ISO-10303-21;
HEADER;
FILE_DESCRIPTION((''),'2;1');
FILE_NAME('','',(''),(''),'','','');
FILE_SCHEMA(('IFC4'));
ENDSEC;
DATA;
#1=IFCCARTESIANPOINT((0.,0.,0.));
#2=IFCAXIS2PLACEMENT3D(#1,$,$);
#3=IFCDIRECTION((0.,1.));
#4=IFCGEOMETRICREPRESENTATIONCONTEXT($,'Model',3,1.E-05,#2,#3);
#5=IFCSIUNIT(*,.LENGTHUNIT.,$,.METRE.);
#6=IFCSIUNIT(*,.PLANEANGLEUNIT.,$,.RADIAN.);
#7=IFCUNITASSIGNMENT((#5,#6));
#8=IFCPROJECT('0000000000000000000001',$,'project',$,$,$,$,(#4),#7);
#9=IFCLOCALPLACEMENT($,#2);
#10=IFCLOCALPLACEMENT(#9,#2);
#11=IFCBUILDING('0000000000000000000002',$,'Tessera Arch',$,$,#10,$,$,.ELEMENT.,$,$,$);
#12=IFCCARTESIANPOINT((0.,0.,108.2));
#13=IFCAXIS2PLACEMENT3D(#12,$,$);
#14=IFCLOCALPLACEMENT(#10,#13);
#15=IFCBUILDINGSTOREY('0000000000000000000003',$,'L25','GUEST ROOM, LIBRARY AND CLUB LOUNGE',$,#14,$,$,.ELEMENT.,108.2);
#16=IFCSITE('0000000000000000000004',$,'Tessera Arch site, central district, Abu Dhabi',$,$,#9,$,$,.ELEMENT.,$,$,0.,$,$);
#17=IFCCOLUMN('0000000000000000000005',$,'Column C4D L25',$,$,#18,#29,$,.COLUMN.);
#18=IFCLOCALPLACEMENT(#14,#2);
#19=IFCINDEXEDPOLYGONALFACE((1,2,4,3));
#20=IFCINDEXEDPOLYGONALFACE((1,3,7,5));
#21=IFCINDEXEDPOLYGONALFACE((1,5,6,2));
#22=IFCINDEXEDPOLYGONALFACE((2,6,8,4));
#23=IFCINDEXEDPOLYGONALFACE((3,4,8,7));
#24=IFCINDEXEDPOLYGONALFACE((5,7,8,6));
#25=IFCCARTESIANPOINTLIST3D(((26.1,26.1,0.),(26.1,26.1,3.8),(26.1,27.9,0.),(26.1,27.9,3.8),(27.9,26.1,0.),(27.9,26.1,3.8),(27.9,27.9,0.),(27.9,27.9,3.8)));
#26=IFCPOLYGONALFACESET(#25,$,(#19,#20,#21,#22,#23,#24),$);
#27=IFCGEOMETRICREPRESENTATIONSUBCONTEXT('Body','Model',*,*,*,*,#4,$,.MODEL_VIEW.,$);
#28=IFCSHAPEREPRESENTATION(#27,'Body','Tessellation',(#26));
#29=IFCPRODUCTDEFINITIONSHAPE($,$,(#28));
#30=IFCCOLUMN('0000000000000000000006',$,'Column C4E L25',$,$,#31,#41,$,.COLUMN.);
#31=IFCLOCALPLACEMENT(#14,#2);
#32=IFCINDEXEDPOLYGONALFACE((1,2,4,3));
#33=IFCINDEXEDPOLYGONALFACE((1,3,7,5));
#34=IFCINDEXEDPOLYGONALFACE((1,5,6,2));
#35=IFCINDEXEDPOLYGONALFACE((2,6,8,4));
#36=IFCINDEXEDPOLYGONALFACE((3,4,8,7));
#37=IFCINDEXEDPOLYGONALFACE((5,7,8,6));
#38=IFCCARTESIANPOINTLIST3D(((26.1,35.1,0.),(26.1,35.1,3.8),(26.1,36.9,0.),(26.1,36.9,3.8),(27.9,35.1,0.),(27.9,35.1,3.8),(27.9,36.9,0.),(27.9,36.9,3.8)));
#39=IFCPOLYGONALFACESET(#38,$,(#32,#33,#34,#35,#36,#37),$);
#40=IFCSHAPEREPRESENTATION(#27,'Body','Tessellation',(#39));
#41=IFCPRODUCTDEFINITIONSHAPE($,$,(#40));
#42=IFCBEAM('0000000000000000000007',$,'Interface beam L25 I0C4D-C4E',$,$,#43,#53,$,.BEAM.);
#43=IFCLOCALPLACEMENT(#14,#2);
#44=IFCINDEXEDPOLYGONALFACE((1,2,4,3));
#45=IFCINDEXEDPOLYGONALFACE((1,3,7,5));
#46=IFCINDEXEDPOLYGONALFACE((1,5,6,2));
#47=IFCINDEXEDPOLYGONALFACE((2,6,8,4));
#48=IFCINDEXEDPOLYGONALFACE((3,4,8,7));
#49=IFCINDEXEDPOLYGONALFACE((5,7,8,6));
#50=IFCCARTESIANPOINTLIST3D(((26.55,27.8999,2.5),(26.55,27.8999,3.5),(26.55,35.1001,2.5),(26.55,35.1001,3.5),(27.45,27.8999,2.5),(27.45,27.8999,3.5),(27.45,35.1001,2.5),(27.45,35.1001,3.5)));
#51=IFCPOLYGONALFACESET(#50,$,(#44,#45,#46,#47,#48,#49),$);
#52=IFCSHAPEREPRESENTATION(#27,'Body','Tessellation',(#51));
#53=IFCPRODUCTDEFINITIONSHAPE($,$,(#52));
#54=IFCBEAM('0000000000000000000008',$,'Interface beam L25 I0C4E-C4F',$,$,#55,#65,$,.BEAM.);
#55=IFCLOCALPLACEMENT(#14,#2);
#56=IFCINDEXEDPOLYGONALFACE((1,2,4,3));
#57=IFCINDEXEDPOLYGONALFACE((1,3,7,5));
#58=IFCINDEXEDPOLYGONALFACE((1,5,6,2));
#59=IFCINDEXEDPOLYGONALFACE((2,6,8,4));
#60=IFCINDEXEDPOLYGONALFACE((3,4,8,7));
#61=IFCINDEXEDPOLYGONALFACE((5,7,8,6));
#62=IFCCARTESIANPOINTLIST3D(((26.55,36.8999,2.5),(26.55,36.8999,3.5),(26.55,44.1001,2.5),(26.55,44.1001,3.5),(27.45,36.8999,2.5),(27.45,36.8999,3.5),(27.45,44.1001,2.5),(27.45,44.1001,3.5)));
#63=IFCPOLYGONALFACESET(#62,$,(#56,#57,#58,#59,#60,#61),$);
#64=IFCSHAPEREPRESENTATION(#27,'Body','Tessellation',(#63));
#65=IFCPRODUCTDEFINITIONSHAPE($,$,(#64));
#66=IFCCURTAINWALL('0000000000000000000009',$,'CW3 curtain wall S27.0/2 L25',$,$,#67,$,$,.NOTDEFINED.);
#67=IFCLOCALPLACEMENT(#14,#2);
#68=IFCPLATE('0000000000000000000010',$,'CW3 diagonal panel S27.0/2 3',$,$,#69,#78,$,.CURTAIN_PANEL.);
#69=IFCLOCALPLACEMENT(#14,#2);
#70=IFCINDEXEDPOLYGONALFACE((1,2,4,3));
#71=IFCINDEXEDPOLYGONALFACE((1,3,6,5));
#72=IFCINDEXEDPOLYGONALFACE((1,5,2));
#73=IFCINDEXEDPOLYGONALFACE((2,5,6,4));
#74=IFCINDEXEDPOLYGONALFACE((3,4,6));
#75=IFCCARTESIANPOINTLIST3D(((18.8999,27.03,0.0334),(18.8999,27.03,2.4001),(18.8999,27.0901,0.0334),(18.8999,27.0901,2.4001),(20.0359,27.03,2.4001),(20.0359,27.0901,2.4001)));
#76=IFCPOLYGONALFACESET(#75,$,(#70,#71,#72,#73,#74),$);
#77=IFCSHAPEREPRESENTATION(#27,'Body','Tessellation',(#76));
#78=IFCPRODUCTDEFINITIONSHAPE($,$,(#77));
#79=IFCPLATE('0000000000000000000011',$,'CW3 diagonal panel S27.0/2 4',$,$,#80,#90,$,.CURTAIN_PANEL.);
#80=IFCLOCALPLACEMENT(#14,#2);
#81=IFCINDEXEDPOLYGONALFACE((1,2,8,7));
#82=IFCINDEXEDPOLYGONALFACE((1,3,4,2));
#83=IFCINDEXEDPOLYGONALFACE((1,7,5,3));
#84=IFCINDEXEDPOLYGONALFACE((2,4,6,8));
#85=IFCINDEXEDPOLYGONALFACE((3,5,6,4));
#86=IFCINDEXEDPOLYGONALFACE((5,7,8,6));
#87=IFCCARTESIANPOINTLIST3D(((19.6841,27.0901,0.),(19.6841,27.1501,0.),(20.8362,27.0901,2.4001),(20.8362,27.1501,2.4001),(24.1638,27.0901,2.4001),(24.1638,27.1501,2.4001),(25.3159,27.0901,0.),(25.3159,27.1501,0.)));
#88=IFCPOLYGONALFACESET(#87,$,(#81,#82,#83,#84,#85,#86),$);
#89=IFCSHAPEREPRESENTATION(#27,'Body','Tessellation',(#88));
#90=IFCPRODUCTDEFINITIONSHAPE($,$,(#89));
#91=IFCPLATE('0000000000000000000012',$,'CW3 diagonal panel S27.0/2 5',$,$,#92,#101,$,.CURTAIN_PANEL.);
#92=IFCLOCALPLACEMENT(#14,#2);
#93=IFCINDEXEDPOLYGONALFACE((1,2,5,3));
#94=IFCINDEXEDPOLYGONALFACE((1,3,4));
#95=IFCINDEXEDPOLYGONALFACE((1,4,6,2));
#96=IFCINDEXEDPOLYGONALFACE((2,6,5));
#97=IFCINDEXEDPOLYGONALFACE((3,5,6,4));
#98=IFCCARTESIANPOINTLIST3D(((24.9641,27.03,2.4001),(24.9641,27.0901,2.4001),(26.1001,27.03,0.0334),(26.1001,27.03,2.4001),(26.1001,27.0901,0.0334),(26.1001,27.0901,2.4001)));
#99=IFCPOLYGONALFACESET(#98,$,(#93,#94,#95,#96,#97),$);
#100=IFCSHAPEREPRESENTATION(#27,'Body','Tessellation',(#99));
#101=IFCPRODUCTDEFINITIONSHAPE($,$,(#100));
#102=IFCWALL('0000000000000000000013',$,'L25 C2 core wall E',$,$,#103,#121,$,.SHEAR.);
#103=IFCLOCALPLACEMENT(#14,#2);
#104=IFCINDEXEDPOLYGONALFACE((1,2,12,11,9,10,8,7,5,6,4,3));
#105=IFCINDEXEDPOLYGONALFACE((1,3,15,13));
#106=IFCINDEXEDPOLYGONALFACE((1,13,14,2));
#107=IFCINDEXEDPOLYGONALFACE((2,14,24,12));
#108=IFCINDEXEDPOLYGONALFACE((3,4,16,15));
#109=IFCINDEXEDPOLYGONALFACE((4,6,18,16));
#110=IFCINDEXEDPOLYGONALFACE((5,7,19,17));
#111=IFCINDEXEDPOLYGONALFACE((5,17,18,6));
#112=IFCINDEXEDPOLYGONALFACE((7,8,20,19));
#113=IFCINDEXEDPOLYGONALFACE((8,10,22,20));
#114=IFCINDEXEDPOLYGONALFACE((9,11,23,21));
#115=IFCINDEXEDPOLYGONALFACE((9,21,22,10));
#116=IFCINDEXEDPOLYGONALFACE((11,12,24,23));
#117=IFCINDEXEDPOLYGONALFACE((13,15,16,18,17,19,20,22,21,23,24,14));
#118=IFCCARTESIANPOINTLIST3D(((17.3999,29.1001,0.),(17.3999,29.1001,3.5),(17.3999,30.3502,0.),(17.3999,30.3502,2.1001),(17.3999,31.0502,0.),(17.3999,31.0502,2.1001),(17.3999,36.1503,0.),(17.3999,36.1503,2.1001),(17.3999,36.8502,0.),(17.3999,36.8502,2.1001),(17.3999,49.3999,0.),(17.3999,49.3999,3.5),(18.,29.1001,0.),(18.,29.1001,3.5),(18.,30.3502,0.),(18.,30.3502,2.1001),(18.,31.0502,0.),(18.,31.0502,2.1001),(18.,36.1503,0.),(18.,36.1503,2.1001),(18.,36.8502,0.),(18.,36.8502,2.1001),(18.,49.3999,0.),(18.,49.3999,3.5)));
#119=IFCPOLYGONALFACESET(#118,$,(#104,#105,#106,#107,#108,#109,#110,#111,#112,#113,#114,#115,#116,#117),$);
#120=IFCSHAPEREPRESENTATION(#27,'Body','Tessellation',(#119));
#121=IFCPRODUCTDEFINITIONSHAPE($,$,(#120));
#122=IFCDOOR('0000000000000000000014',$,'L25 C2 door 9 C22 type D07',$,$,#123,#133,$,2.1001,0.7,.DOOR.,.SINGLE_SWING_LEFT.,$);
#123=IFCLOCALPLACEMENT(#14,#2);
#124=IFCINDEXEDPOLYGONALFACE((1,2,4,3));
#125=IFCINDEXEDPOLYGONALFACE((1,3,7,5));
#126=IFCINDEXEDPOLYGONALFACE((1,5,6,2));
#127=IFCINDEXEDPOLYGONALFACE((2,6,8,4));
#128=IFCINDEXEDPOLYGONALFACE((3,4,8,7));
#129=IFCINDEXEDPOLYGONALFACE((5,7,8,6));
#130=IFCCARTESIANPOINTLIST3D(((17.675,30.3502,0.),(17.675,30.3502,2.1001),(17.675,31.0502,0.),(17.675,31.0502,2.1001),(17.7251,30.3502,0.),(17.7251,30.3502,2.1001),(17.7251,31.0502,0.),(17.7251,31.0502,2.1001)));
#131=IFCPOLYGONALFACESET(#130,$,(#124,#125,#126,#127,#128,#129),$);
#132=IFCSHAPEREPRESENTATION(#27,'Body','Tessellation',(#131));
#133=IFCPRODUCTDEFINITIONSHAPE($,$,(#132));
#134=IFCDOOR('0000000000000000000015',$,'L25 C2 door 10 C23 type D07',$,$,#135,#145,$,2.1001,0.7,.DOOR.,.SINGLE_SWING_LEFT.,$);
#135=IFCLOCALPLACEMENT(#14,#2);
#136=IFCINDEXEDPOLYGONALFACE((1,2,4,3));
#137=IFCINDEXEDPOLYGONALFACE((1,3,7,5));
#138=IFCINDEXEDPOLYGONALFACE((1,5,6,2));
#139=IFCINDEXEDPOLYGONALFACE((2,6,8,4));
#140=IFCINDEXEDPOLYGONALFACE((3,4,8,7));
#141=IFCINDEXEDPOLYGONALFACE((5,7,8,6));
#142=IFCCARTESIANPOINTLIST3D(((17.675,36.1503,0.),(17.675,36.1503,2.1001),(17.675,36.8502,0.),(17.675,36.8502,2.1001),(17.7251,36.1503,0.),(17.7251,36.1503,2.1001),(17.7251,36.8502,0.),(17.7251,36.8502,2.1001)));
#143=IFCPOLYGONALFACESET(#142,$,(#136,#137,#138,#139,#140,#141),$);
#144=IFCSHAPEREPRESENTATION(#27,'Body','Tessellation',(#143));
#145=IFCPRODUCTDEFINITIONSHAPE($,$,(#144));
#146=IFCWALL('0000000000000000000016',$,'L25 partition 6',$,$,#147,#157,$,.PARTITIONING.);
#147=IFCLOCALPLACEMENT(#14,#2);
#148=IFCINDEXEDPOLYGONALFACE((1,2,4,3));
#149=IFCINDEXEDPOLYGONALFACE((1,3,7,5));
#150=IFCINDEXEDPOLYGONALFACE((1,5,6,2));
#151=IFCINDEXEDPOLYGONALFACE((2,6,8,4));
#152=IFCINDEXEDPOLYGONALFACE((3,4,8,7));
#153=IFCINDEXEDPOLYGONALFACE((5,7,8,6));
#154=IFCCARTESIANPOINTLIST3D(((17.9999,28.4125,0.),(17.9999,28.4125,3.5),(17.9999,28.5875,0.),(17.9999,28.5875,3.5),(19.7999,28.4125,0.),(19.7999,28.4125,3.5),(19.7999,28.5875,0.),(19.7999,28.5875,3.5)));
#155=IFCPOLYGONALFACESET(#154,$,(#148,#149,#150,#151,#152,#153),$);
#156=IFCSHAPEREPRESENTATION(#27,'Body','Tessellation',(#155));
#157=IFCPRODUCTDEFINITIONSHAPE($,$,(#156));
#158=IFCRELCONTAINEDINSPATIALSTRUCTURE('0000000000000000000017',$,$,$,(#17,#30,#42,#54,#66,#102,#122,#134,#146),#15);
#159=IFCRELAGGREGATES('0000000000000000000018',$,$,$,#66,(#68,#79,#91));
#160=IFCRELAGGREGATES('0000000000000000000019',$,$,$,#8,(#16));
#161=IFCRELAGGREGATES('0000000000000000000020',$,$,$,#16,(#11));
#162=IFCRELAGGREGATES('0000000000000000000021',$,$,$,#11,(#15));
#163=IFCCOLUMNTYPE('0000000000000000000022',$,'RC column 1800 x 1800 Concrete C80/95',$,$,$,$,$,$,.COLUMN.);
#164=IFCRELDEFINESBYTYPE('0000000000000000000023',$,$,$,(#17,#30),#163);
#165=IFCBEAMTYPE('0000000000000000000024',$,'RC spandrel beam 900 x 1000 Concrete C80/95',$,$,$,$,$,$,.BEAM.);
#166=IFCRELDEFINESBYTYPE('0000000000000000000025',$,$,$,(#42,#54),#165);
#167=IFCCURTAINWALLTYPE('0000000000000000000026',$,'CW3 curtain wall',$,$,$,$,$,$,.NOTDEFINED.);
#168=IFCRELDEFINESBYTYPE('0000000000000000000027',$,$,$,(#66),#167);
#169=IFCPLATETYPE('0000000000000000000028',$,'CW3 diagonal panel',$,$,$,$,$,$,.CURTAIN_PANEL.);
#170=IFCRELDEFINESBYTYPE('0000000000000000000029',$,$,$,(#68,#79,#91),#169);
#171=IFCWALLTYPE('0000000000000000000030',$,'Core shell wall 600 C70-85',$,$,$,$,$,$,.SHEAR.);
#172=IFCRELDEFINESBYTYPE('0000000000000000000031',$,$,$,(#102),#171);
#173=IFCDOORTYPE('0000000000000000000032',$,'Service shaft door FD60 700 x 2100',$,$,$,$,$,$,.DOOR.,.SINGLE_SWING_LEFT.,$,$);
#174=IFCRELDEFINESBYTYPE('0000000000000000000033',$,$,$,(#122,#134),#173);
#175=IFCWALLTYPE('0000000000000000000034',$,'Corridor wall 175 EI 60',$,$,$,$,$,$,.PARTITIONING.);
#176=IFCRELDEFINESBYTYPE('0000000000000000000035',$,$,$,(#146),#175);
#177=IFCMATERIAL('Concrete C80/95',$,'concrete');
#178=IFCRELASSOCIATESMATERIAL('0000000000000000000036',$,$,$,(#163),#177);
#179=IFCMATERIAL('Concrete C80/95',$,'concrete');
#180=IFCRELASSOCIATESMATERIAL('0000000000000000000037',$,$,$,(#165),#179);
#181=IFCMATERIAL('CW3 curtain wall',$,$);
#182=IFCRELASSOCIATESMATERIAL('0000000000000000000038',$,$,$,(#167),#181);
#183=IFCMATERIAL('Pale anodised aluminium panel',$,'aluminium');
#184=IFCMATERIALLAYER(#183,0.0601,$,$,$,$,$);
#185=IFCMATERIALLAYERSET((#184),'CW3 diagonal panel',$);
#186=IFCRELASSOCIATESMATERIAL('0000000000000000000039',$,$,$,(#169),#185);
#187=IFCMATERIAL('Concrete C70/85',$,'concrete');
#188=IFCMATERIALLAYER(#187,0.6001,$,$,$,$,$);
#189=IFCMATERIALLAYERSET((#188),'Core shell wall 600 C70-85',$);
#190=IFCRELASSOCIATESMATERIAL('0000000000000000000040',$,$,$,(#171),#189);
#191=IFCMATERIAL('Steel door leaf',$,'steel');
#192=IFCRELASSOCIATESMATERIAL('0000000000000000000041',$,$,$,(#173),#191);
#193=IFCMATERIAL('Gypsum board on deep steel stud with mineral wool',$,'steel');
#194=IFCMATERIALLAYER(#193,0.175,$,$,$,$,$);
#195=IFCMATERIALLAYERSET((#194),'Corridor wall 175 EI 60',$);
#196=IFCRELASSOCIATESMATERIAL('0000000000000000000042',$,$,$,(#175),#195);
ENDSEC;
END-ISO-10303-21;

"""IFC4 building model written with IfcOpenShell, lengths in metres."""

from ifc_helpers import new_model, si_unit, direction, frame, frame_2d, origin, origin_2d, place, context, subcontext, project, spatial, polyline, rectangle, outline, extrude, material, layer, layer_set, material_profile, profile_set, type_object, element, fill, aggregate, save


model = new_model("IFC4")

# Units and contexts
model_context = context("Model", 3, precision=1e-05, world=origin(), true_north=direction((0.0, 1.0)))
body_context = subcontext(model_context, "Body", "Model", "MODEL_VIEW")
ifc_project = project(units=[si_unit("LENGTHUNIT", "METRE"), si_unit("PLANEANGLEUNIT", "RADIAN")], contexts=[model_context])

# Site, building, storey
site_placement = place(None, origin())
site = spatial("IfcSite", under=ifc_project, at=site_placement, Name="Tessera Arch site, central district, Abu Dhabi", CompositionType="ELEMENT", RefElevation=0.0)
building_placement = place(site_placement, origin())
building = spatial("IfcBuilding", under=site, at=building_placement, Name="Tessera Arch", CompositionType="ELEMENT")
storey_placement = place(building_placement, frame((0.0, 0.0, 108.2)))
storey = spatial("IfcBuildingStorey", under=building, at=storey_placement, Name="L25", Description="GUEST ROOM, LIBRARY AND CLUB LOUNGE", CompositionType="ELEMENT", Elevation=108.2)

# Columns
ifc_material_1 = material(Name="Concrete C80/95", Category="concrete")
ifc_material_profile_1 = material_profile(ifc_material_1, rectangle(XDim=1.8, YDim=1.8, at=origin_2d()), Name="RC column 1800 x 1800 Concrete C80/95")
ifc_profile_set_1 = profile_set([ifc_material_profile_1], Name="Concrete C80/95")
column_type = type_object("IfcColumnType", Name="RC column 1800 x 1800 Concrete C80/95", PredefinedType="COLUMN", material=ifc_profile_set_1)
for number, where, z_axis, x_axis, name in (
    (1, (27.0, 27.0, 0.0), (0.0, 0.0, 1.0), (1.0, 0.0, 0.0), "Column C4D L25"),
    (2, (27.0, 36.0, 0.0), (0.0, 0.0, 1.0), (1.0, 0.0, 0.0), "Column C4E L25"),
):
    element("IfcColumn", number, at=place(storey_placement, frame(where, z_axis=z_axis, x_axis=x_axis)), inside=storey, type_object=column_type, Name=name, PredefinedType="COLUMN", context=body_context, shape_type="SweptSolid", body=[
        extrude(rectangle(XDim=1.8, YDim=1.8, at=origin_2d()), origin(), (0.0, 0.0, 1.0), 3.8),
    ])

# Beams
ifc_material_2 = material(Name="Concrete C80/95", Category="concrete")
ifc_material_profile_2 = material_profile(ifc_material_2, rectangle(XDim=0.8999, YDim=1.0, at=origin_2d()), Name="RC spandrel beam 900 x 1000 Concrete C80/95")
ifc_profile_set_2 = profile_set([ifc_material_profile_2], Name="Concrete C80/95")
beam_type = type_object("IfcBeamType", Name="RC spandrel beam 900 x 1000 Concrete C80/95", PredefinedType="BEAM", material=ifc_profile_set_2)
for number, where, z_axis, x_axis, name in (
    (3, (27.0, 27.8999, 3.0), (0.0, 1.0, 0.0), (-1.0, 0.0, 0.0), "Interface beam L25 I0C4D-C4E"),
    (4, (27.0, 36.8999, 3.0), (0.0, 1.0, 0.0), (-1.0, 0.0, 0.0), "Interface beam L25 I0C4E-C4F"),
):
    element("IfcBeam", number, at=place(storey_placement, frame(where, z_axis=z_axis, x_axis=x_axis)), inside=storey, type_object=beam_type, Name=name, PredefinedType="BEAM", context=body_context, shape_type="SweptSolid", body=[
        extrude(rectangle(XDim=0.8999, YDim=1.0, at=origin_2d()), origin(), (0.0, 0.0, 1.0), 7.2002),
    ])

# Curtain wall, plates
ifc_material_3 = material(Name="CW3 curtain wall")
curtain_wall_type = type_object("IfcCurtainWallType", Name="CW3 curtain wall", PredefinedType="NOTDEFINED", material=ifc_material_3)
curtain_wall_placement = place(storey_placement, origin())
curtain_wall = element("IfcCurtainWall", 5, at=curtain_wall_placement, inside=storey, type_object=curtain_wall_type, Name="CW3 curtain wall S27.0/2 L25", PredefinedType="NOTDEFINED")
ifc_material_4 = material(Name="Pale anodised aluminium panel", Category="aluminium")
ifc_layer_1 = layer(ifc_material_4, 0.0601)
ifc_layer_set_1 = layer_set([ifc_layer_1], Name="CW3 diagonal panel")
plate_type = type_object("IfcPlateType", Name="CW3 diagonal panel", PredefinedType="CURTAIN_PANEL", material=ifc_layer_set_1)
plate_1_placement = place(storey_placement, frame((18.8999, 27.03, 2.4001), z_axis=(0.0, -1.0, 0.0), x_axis=(0.0, 0.0, -1.0)))
plate_1 = element("IfcPlate", 6, at=plate_1_placement, type_object=plate_type, Name="CW3 diagonal panel S27.0/2 3", PredefinedType="CURTAIN_PANEL", context=body_context, shape_type="SweptSolid", body=[
    extrude(outline(polyline([(0.0, 0.0), (2.3667, 0.0), (0.0, 1.136), (0.0, 0.0)])), origin(), (0.0, 0.0, -1.0), 0.0601),
])
plate_2_placement = place(storey_placement, frame((24.1638, 27.0901, 2.4001), z_axis=(0.0, -1.0, 0.0), x_axis=(-1.0, 0.0, 0.0)))
plate_2 = element("IfcPlate", 7, at=plate_2_placement, type_object=plate_type, Name="CW3 diagonal panel S27.0/2 4", PredefinedType="CURTAIN_PANEL", context=body_context, shape_type="SweptSolid", body=[
    extrude(outline(polyline([(0.0, 0.0), (3.3276, 0.0), (4.4797, 2.4001), (-1.1521, 2.4001), (0.0, 0.0)])), origin(), (0.0, 0.0, -1.0), 0.0601),
])
plate_3_placement = place(storey_placement, frame((26.1001, 27.03, 2.4001), z_axis=(0.0, -1.0, 0.0), x_axis=(-1.0, 0.0, 0.0)))
plate_3 = element("IfcPlate", 8, at=plate_3_placement, type_object=plate_type, Name="CW3 diagonal panel S27.0/2 5", PredefinedType="CURTAIN_PANEL", context=body_context, shape_type="SweptSolid", body=[
    extrude(outline(polyline([(0.0, 0.0), (1.136, 0.0), (0.0, 2.3667), (0.0, 0.0)])), origin(), (0.0, 0.0, -1.0), 0.0601),
])
aggregate(curtain_wall, [plate_1, plate_2, plate_3])

# Wall, openings, doors
ifc_material_5 = material(Name="Concrete C70/85", Category="concrete")
ifc_layer_2 = layer(ifc_material_5, 0.6001)
ifc_layer_set_2 = layer_set([ifc_layer_2], Name="Core shell wall 600 C70-85")
wall_type_1 = type_object("IfcWallType", Name="Core shell wall 600 C70-85", PredefinedType="SHEAR", material=ifc_layer_set_2)
wall_1_placement = place(storey_placement, frame((17.7, 29.1001, 0.0), z_axis=(0.0, 0.0, 1.0), x_axis=(0.0, 1.0, 0.0)))
wall_1 = element("IfcWall", 9, at=wall_1_placement, inside=storey, type_object=wall_type_1, Name="L25 C2 core wall E", PredefinedType="SHEAR", context=body_context, shape_type="SweptSolid", body=[
    extrude(rectangle(XDim=20.2998, YDim=0.6001, at=frame_2d((10.1499, 0.0))), origin(), (0.0, 0.0, 1.0), 3.5),
])
opening_1_placement = place(wall_1_placement, frame((1.25, 0.0, 0.0)))
opening_1 = element("IfcOpeningElement", 10, at=opening_1_placement, cuts=wall_1, PredefinedType="OPENING", context=body_context, shape_type="SweptSolid", body=[
    extrude(rectangle(XDim=0.7, YDim=2.1001, at=frame_2d((0.3501, 1.05))), frame((0.0, 0.3101, 0.0), z_axis=(0.0, -1.0, 0.0), x_axis=(1.0, 0.0, 0.0)), (0.0, 0.0, 1.0), 0.6201),
])
opening_2_placement = place(wall_1_placement, frame((7.05, 0.0, 0.0)))
opening_2 = element("IfcOpeningElement", 11, at=opening_2_placement, cuts=wall_1, PredefinedType="OPENING", context=body_context, shape_type="SweptSolid", body=[
    extrude(rectangle(XDim=0.7, YDim=2.1001, at=frame_2d((0.3501, 1.05))), frame((0.0, 0.3101, 0.0), z_axis=(0.0, -1.0, 0.0), x_axis=(1.0, 0.0, 0.0)), (0.0, 0.0, 1.0), 0.6201),
])
ifc_material_6 = material(Name="Steel door leaf", Category="steel")
door_type_1 = type_object("IfcDoorType", Name="Service shaft door FD60 700 x 2100", OperationType="SINGLE_SWING_LEFT", PredefinedType="DOOR", material=ifc_material_6)
door_1_placement = place(opening_1_placement, origin())
door_1 = element("IfcDoor", 12, at=door_1_placement, inside=storey, type_object=door_type_1, Name="L25 C2 door 9 C22 type D07", OperationType="SINGLE_SWING_LEFT", OverallHeight=2.1001, OverallWidth=0.7, PredefinedType="DOOR", context=body_context, shape_type="SweptSolid", body=[
    extrude(rectangle(XDim=0.7, YDim=2.1001, at=frame_2d((0.3501, 1.05))), frame((0.0, 0.0249, 0.0), z_axis=(0.0, -1.0, 0.0), x_axis=(1.0, 0.0, 0.0)), (0.0, 0.0, 1.0), 0.05),
])
fill(opening_1, door_1)
door_2_placement = place(opening_2_placement, origin())
door_2 = element("IfcDoor", 13, at=door_2_placement, inside=storey, type_object=door_type_1, Name="L25 C2 door 10 C23 type D07", OperationType="SINGLE_SWING_LEFT", OverallHeight=2.1001, OverallWidth=0.7, PredefinedType="DOOR", context=body_context, shape_type="SweptSolid", body=[
    extrude(rectangle(XDim=0.7, YDim=2.1001, at=frame_2d((0.3501, 1.05))), frame((0.0, 0.0249, 0.0), z_axis=(0.0, -1.0, 0.0), x_axis=(1.0, 0.0, 0.0)), (0.0, 0.0, 1.0), 0.05),
])
fill(opening_2, door_2)

# Wall
ifc_material_7 = material(Name="Gypsum board on deep steel stud with mineral wool", Category="steel")
ifc_layer_3 = layer(ifc_material_7, 0.175)
ifc_layer_set_3 = layer_set([ifc_layer_3], Name="Corridor wall 175 EI 60")
wall_type_2 = type_object("IfcWallType", Name="Corridor wall 175 EI 60", PredefinedType="PARTITIONING", material=ifc_layer_set_3)
wall_2_placement = place(storey_placement, frame((18.0, 28.5, 0.0), z_axis=(0.0, 0.0, 1.0), x_axis=(1.0, 0.0, 0.0)))
element("IfcWall", 14, at=wall_2_placement, inside=storey, type_object=wall_type_2, Name="L25 partition 6", PredefinedType="PARTITIONING", context=body_context, shape_type="SweptSolid", body=[
    extrude(rectangle(XDim=1.8, YDim=0.175, at=frame_2d((0.8999, 0.0))), origin(), (0.0, 0.0, 1.0), 3.5),
])

save(model, "model.ifc")
